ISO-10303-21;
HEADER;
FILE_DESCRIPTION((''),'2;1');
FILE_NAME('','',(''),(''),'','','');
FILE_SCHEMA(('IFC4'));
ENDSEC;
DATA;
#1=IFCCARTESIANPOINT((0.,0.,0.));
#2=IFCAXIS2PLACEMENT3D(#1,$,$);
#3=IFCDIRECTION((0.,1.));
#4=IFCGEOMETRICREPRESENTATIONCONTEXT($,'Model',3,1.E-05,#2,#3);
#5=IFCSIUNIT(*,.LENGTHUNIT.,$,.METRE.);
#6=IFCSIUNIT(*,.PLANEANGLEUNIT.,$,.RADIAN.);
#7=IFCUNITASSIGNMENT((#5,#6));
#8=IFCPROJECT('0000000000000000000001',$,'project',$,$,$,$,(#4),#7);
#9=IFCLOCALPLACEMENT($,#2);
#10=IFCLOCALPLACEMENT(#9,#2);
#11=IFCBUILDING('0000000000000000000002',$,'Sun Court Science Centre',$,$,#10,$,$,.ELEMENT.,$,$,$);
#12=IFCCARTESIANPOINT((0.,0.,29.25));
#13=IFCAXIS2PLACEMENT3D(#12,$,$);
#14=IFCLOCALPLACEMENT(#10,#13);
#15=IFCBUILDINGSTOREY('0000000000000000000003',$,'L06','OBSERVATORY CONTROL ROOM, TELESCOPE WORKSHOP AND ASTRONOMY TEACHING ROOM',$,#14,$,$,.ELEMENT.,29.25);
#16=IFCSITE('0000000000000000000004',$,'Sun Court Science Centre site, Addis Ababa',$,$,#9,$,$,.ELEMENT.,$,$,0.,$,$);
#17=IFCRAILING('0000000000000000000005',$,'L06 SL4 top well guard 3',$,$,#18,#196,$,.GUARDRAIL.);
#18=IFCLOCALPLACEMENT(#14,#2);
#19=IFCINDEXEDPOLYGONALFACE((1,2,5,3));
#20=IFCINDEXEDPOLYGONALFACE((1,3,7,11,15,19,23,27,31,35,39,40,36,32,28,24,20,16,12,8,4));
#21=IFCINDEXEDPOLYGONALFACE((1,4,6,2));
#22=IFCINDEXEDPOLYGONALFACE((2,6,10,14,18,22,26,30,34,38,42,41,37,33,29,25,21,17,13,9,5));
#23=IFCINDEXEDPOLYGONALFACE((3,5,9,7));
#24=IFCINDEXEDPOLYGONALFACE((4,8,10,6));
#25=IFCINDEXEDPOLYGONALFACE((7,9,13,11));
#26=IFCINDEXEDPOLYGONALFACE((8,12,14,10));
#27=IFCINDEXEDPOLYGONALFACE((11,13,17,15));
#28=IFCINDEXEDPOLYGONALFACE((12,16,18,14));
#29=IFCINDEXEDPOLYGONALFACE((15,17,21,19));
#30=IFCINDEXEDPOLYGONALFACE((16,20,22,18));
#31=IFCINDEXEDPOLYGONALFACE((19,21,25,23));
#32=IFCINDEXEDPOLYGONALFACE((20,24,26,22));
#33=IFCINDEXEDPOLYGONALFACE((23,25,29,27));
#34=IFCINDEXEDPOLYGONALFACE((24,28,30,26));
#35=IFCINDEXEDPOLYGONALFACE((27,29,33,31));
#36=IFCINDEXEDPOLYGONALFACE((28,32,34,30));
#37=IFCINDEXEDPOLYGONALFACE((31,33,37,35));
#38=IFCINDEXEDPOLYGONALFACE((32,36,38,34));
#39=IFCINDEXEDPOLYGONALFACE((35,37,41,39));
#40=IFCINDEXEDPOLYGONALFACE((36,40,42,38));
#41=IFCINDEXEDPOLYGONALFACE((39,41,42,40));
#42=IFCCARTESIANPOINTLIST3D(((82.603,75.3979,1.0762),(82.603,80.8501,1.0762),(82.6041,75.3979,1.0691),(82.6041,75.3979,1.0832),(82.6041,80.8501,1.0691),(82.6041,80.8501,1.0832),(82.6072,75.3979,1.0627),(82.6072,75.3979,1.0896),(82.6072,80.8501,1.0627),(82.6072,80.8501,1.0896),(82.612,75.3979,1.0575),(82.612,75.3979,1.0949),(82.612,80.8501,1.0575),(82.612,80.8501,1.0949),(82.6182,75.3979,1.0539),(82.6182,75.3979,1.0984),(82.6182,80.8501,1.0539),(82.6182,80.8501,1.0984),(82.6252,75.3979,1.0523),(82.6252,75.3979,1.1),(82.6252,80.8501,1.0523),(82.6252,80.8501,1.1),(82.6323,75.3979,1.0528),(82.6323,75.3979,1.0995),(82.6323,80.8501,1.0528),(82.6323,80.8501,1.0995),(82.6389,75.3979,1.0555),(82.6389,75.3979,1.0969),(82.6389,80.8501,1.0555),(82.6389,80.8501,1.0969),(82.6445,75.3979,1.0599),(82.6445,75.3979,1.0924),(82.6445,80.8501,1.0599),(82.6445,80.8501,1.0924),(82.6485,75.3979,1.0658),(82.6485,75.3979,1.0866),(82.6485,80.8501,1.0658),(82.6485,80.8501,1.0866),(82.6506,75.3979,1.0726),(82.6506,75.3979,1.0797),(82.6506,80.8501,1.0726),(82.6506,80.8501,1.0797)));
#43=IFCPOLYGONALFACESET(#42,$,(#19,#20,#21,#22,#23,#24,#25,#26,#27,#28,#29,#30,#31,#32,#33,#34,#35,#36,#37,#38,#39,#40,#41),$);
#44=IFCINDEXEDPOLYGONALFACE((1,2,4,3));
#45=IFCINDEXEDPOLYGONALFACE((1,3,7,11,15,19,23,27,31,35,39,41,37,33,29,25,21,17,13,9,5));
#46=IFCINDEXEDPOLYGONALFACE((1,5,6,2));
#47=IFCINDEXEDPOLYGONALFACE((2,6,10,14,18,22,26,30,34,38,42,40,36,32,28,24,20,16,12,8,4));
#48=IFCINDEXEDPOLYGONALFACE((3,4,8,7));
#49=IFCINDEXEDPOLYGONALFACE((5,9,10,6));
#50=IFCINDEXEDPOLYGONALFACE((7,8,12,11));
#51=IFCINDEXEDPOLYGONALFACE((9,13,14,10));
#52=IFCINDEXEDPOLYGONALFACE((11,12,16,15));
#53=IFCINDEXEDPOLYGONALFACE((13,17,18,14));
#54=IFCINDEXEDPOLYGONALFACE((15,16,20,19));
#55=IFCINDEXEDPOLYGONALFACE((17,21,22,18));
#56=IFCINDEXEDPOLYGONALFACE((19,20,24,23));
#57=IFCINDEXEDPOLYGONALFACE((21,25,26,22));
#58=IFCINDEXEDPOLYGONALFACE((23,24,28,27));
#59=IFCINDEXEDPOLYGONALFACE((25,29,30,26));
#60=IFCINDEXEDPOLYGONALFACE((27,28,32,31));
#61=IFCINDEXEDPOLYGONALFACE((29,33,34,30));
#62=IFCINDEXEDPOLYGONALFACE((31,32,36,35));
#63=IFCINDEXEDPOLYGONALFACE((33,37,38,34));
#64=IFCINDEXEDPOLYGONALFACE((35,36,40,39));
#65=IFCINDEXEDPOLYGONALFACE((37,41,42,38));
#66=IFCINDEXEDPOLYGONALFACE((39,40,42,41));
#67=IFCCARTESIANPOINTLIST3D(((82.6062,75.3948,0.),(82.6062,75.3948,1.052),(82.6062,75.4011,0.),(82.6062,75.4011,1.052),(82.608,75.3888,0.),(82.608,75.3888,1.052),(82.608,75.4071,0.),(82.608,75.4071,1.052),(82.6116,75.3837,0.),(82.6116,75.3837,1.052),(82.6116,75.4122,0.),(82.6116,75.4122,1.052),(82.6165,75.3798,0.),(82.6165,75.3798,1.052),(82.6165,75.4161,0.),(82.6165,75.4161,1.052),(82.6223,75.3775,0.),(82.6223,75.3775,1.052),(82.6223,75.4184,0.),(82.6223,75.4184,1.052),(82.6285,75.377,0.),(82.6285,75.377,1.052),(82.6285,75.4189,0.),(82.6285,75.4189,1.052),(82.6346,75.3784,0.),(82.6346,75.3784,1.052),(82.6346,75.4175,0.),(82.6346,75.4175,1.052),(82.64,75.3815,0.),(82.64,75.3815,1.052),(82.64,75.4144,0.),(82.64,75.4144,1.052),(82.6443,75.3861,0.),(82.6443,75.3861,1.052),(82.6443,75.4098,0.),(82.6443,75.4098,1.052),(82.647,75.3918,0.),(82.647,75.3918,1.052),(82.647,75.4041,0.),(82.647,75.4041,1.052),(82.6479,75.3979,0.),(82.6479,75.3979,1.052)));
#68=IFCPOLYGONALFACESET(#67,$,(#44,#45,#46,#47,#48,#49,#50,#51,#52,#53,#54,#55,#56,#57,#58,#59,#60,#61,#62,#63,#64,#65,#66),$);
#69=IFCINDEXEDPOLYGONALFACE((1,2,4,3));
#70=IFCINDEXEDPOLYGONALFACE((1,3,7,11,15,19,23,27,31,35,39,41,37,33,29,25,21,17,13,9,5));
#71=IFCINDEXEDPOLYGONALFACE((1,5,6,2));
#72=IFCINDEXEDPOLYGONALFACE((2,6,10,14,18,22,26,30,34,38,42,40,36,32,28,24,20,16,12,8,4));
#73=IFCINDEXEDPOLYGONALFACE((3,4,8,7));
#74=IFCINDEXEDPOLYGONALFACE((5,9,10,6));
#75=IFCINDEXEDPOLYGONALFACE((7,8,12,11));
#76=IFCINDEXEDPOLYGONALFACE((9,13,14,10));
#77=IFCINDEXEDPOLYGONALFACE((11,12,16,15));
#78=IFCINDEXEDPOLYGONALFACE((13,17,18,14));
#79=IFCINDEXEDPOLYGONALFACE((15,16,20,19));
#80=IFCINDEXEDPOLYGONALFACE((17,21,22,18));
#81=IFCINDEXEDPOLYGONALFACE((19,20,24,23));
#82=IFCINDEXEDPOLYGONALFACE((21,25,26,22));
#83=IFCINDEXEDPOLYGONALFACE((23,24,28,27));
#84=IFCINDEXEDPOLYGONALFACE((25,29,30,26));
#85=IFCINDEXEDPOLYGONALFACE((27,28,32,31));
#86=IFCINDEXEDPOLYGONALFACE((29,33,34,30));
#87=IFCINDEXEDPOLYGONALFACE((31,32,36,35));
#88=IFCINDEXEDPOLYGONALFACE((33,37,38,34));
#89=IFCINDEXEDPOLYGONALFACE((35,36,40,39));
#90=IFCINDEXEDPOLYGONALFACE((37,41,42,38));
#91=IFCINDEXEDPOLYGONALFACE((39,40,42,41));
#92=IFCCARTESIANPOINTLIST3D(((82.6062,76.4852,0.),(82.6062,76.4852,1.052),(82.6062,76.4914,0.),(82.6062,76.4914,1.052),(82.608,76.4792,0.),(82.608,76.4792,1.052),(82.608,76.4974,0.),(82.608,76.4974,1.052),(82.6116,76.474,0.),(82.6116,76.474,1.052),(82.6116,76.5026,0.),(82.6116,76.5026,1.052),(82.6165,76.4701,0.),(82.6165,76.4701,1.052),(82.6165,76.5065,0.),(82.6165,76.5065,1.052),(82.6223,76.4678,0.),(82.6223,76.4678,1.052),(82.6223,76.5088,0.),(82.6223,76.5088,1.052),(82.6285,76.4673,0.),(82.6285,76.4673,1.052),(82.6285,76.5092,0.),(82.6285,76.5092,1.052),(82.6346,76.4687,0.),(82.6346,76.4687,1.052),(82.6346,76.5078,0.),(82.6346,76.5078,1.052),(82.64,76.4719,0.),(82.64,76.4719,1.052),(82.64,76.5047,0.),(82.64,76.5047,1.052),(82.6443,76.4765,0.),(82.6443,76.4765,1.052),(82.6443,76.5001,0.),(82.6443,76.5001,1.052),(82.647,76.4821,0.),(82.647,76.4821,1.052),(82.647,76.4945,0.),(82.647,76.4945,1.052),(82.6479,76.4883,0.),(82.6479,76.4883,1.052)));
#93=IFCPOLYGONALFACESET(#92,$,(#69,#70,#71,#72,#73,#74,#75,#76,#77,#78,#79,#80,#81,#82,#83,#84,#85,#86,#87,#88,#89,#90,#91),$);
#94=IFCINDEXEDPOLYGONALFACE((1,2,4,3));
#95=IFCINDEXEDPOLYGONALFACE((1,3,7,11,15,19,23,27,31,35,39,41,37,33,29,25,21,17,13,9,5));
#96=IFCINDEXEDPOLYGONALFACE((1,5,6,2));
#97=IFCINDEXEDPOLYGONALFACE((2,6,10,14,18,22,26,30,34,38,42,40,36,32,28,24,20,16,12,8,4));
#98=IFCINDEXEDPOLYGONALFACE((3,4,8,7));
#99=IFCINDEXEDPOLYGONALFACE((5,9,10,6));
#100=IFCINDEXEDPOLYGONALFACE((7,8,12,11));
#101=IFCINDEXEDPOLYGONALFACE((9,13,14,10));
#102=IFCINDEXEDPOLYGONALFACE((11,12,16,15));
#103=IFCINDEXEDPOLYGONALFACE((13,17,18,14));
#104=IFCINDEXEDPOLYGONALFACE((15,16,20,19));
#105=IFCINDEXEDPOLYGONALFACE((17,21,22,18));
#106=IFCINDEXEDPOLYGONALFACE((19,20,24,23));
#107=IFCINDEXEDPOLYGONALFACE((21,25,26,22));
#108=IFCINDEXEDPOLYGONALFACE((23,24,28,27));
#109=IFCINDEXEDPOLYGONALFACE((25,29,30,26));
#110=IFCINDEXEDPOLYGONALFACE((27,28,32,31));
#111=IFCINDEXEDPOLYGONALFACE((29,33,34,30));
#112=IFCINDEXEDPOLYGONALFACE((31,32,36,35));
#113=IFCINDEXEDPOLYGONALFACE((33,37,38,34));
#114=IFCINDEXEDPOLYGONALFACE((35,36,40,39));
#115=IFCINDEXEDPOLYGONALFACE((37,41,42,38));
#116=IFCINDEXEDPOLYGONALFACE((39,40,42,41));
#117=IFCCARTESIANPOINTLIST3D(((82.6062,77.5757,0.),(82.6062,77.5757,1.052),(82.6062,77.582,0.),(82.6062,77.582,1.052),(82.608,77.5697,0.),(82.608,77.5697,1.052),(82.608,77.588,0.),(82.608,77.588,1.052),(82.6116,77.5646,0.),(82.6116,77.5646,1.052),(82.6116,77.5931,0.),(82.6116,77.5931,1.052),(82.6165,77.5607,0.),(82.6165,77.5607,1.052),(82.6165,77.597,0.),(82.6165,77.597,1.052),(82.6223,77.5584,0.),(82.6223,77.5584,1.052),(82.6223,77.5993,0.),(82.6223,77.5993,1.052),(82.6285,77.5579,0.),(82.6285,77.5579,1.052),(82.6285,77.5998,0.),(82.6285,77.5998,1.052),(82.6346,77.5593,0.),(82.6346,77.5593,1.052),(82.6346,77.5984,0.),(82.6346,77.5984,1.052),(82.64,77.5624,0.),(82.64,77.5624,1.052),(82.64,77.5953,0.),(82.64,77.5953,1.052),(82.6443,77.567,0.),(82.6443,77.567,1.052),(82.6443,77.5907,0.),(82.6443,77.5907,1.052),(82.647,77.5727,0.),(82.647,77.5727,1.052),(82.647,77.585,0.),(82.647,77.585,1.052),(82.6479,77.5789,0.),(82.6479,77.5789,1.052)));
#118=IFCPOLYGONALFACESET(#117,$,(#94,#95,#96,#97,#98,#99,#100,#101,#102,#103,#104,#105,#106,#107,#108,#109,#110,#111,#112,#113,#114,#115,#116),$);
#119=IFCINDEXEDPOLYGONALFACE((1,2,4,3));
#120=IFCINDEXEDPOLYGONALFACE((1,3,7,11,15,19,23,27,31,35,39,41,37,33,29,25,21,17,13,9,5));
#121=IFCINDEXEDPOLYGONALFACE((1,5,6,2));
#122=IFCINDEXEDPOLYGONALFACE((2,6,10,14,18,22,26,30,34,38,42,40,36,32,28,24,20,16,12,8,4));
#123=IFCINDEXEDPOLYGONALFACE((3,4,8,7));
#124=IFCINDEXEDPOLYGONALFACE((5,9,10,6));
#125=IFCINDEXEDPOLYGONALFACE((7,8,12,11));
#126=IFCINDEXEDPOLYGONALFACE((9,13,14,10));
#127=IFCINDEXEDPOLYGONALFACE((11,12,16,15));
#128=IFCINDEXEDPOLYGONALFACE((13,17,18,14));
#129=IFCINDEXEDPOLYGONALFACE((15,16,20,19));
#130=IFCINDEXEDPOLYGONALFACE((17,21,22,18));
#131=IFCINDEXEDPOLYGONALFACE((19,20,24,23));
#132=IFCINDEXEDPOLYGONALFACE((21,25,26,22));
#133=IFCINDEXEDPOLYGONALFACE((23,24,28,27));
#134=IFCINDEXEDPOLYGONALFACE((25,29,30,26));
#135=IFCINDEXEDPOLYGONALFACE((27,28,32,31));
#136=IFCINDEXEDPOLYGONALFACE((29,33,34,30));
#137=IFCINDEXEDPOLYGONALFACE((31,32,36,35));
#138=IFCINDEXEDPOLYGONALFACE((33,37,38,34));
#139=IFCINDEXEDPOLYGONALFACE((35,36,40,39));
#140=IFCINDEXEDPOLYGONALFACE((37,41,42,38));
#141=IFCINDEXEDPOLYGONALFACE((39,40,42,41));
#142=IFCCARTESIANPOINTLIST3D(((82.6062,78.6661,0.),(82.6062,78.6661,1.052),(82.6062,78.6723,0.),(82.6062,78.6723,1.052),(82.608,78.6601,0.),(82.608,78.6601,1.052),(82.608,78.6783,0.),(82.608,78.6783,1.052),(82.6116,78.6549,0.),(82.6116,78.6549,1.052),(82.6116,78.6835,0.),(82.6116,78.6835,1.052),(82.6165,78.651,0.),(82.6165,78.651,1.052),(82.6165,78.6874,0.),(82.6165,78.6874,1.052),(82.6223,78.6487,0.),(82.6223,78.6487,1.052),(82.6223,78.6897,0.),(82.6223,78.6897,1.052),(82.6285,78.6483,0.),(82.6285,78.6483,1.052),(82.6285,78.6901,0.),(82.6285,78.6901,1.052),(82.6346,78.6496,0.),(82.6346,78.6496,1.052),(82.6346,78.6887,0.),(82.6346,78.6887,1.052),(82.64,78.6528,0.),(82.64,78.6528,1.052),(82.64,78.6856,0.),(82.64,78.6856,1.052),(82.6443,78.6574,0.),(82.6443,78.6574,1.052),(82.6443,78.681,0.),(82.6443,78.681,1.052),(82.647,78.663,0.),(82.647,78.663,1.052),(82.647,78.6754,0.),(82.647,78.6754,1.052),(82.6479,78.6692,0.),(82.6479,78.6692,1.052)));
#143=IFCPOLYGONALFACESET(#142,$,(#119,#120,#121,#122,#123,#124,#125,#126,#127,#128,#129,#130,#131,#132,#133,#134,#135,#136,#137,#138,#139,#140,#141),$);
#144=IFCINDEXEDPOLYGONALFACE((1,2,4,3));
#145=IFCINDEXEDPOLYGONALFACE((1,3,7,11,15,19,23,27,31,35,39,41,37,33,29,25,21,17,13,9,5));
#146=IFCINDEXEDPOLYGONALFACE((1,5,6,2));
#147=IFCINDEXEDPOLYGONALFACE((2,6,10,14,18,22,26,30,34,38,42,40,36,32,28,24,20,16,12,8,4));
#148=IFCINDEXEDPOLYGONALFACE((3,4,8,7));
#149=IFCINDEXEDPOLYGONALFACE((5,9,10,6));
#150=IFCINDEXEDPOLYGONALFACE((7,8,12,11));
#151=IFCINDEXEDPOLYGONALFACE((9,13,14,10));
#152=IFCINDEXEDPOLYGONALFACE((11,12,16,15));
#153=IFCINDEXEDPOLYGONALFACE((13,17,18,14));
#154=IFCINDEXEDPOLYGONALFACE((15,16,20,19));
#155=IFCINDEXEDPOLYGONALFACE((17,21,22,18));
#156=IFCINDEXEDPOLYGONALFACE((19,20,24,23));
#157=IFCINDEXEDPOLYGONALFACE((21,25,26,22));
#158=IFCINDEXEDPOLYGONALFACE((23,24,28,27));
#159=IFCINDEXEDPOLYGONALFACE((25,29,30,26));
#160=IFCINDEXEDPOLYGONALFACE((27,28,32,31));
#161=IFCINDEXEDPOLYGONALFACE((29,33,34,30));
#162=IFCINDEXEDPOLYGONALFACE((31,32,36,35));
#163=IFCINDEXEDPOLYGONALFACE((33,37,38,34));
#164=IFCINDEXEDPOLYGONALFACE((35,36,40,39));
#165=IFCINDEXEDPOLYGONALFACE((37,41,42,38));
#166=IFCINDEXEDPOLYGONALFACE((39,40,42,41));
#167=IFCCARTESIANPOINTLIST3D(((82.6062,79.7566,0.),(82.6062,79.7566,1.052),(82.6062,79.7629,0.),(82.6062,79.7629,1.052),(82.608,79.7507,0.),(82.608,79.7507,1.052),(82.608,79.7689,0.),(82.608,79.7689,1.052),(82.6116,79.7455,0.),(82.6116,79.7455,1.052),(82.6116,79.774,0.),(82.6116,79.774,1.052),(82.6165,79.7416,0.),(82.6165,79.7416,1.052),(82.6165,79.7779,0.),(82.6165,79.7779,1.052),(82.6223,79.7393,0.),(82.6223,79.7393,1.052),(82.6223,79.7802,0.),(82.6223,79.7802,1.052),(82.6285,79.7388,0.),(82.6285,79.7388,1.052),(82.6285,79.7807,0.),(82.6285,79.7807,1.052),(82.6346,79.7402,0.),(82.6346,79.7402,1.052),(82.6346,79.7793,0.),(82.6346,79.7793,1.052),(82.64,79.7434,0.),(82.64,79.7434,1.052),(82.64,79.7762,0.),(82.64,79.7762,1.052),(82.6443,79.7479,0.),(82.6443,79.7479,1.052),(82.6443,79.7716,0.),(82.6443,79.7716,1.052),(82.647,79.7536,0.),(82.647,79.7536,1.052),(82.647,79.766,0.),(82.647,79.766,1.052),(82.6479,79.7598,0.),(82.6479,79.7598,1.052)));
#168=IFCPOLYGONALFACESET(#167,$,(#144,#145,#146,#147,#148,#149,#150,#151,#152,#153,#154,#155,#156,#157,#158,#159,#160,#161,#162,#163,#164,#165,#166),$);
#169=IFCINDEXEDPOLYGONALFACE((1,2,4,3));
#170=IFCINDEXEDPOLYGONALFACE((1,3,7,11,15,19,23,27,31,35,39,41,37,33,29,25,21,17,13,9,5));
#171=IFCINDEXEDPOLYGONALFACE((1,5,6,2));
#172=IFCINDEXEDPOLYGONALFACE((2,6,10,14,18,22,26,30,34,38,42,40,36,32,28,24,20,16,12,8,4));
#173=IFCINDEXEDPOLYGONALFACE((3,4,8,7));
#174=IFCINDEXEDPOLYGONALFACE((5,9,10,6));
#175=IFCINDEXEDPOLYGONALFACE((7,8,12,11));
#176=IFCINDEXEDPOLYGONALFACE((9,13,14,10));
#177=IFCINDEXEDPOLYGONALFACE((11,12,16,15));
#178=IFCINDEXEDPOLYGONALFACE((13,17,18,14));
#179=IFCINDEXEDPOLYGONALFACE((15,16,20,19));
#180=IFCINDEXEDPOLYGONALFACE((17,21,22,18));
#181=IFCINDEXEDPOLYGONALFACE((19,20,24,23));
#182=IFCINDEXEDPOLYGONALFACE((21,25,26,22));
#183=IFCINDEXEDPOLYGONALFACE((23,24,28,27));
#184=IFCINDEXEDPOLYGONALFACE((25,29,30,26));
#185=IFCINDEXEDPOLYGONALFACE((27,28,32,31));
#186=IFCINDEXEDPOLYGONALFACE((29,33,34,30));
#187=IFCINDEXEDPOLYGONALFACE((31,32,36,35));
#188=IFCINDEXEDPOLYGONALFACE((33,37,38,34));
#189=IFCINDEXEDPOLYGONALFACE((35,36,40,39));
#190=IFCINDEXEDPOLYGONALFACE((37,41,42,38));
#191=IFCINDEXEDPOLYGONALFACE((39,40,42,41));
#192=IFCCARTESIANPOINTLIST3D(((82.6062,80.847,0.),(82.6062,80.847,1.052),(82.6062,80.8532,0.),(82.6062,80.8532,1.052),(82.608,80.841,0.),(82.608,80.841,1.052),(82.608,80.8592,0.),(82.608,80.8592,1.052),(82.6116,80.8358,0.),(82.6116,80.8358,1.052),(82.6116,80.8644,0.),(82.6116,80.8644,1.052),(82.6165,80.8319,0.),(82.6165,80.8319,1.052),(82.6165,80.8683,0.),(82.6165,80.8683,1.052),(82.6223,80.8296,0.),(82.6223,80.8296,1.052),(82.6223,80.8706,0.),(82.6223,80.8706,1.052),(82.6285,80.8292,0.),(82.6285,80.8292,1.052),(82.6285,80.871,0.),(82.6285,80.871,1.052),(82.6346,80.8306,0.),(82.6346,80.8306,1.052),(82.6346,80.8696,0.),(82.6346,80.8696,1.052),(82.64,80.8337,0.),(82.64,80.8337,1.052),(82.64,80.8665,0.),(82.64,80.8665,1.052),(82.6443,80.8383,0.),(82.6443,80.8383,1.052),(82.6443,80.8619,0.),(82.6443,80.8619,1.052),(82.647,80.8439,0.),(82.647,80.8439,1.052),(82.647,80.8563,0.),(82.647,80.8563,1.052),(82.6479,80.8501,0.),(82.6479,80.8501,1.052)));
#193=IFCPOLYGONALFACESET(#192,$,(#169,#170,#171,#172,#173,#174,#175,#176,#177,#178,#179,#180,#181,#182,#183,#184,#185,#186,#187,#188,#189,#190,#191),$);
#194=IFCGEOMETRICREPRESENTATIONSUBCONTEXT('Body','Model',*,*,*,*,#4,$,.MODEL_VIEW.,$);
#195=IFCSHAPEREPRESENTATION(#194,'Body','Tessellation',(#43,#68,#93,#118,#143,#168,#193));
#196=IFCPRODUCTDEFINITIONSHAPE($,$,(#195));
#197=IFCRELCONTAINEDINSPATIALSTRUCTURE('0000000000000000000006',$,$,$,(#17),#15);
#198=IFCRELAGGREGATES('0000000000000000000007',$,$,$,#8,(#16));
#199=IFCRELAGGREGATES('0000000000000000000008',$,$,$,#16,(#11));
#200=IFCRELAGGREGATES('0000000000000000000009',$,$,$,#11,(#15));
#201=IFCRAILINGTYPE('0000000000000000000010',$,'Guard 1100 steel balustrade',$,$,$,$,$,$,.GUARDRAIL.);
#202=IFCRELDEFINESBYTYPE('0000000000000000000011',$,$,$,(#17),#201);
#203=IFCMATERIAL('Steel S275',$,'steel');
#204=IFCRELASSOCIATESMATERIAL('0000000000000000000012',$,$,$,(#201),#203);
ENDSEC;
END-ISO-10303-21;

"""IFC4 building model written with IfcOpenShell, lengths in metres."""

from ifc_helpers import new_model, si_unit, direction, frame, origin, origin_2d, place, context, subcontext, project, spatial, circle, extrude, material, type_object, element, save


model = new_model("IFC4")

# Units and contexts
model_context = context("Model", 3, precision=1e-05, world=origin(), true_north=direction((0.0, 1.0)))
body_context = subcontext(model_context, "Body", "Model", "MODEL_VIEW")
ifc_project = project(units=[si_unit("LENGTHUNIT", "METRE"), si_unit("PLANEANGLEUNIT", "RADIAN")], contexts=[model_context])

# Site, building, storey
site_placement = place(None, origin())
site = spatial("IfcSite", under=ifc_project, at=site_placement, Name="Sun Court Science Centre site, Addis Ababa", CompositionType="ELEMENT", RefElevation=0.0)
building_placement = place(site_placement, origin())
building = spatial("IfcBuilding", under=site, at=building_placement, Name="Sun Court Science Centre", CompositionType="ELEMENT")
storey_placement = place(building_placement, frame((0.0, 0.0, 29.25)))
storey = spatial("IfcBuildingStorey", under=building, at=storey_placement, Name="L06", Description="OBSERVATORY CONTROL ROOM, TELESCOPE WORKSHOP AND ASTRONOMY TEACHING ROOM", CompositionType="ELEMENT", Elevation=29.25)

# Railing
ifc_material_1 = material(Name="Steel S275", Category="steel")
railing_type = type_object("IfcRailingType", Name="Guard 1100 steel balustrade", PredefinedType="GUARDRAIL", material=ifc_material_1)
for number, where, name in (
    (1, (82.627, 75.3979, 0.0), "L06 SL4 top well guard 3"),
):
    element("IfcRailing", number, at=place(storey_placement, frame(where)), inside=storey, type_object=railing_type, Name=name, PredefinedType="GUARDRAIL", context=body_context, shape_type="SweptSolid", body=[
        extrude(circle(Radius=0.0239, at=origin_2d()), frame((0.0, 0.0, 1.0762), z_axis=(0.0, 1.0, 0.0), x_axis=(-1.0, 0.0, 0.0)), (0.0, 0.0, 1.0), 5.4521),
        extrude(circle(Radius=0.021, at=origin_2d()), origin(), (0.0, 0.0, 1.0), 1.052),
        extrude(circle(Radius=0.021, at=origin_2d()), frame((0.0, 1.0903, 0.0)), (0.0, 0.0, 1.0), 1.052),
        extrude(circle(Radius=0.021, at=origin_2d()), frame((0.0, 2.1809, 0.0)), (0.0, 0.0, 1.0), 1.052),
        extrude(circle(Radius=0.021, at=origin_2d()), frame((0.0, 3.2712, 0.0)), (0.0, 0.0, 1.0), 1.052),
        extrude(circle(Radius=0.021, at=origin_2d()), frame((0.0, 4.3618, 0.0)), (0.0, 0.0, 1.0), 1.052),
        extrude(circle(Radius=0.021, at=origin_2d()), frame((0.0, 5.4521, 0.0)), (0.0, 0.0, 1.0), 1.052),
    ])

save(model, "model.ifc")
